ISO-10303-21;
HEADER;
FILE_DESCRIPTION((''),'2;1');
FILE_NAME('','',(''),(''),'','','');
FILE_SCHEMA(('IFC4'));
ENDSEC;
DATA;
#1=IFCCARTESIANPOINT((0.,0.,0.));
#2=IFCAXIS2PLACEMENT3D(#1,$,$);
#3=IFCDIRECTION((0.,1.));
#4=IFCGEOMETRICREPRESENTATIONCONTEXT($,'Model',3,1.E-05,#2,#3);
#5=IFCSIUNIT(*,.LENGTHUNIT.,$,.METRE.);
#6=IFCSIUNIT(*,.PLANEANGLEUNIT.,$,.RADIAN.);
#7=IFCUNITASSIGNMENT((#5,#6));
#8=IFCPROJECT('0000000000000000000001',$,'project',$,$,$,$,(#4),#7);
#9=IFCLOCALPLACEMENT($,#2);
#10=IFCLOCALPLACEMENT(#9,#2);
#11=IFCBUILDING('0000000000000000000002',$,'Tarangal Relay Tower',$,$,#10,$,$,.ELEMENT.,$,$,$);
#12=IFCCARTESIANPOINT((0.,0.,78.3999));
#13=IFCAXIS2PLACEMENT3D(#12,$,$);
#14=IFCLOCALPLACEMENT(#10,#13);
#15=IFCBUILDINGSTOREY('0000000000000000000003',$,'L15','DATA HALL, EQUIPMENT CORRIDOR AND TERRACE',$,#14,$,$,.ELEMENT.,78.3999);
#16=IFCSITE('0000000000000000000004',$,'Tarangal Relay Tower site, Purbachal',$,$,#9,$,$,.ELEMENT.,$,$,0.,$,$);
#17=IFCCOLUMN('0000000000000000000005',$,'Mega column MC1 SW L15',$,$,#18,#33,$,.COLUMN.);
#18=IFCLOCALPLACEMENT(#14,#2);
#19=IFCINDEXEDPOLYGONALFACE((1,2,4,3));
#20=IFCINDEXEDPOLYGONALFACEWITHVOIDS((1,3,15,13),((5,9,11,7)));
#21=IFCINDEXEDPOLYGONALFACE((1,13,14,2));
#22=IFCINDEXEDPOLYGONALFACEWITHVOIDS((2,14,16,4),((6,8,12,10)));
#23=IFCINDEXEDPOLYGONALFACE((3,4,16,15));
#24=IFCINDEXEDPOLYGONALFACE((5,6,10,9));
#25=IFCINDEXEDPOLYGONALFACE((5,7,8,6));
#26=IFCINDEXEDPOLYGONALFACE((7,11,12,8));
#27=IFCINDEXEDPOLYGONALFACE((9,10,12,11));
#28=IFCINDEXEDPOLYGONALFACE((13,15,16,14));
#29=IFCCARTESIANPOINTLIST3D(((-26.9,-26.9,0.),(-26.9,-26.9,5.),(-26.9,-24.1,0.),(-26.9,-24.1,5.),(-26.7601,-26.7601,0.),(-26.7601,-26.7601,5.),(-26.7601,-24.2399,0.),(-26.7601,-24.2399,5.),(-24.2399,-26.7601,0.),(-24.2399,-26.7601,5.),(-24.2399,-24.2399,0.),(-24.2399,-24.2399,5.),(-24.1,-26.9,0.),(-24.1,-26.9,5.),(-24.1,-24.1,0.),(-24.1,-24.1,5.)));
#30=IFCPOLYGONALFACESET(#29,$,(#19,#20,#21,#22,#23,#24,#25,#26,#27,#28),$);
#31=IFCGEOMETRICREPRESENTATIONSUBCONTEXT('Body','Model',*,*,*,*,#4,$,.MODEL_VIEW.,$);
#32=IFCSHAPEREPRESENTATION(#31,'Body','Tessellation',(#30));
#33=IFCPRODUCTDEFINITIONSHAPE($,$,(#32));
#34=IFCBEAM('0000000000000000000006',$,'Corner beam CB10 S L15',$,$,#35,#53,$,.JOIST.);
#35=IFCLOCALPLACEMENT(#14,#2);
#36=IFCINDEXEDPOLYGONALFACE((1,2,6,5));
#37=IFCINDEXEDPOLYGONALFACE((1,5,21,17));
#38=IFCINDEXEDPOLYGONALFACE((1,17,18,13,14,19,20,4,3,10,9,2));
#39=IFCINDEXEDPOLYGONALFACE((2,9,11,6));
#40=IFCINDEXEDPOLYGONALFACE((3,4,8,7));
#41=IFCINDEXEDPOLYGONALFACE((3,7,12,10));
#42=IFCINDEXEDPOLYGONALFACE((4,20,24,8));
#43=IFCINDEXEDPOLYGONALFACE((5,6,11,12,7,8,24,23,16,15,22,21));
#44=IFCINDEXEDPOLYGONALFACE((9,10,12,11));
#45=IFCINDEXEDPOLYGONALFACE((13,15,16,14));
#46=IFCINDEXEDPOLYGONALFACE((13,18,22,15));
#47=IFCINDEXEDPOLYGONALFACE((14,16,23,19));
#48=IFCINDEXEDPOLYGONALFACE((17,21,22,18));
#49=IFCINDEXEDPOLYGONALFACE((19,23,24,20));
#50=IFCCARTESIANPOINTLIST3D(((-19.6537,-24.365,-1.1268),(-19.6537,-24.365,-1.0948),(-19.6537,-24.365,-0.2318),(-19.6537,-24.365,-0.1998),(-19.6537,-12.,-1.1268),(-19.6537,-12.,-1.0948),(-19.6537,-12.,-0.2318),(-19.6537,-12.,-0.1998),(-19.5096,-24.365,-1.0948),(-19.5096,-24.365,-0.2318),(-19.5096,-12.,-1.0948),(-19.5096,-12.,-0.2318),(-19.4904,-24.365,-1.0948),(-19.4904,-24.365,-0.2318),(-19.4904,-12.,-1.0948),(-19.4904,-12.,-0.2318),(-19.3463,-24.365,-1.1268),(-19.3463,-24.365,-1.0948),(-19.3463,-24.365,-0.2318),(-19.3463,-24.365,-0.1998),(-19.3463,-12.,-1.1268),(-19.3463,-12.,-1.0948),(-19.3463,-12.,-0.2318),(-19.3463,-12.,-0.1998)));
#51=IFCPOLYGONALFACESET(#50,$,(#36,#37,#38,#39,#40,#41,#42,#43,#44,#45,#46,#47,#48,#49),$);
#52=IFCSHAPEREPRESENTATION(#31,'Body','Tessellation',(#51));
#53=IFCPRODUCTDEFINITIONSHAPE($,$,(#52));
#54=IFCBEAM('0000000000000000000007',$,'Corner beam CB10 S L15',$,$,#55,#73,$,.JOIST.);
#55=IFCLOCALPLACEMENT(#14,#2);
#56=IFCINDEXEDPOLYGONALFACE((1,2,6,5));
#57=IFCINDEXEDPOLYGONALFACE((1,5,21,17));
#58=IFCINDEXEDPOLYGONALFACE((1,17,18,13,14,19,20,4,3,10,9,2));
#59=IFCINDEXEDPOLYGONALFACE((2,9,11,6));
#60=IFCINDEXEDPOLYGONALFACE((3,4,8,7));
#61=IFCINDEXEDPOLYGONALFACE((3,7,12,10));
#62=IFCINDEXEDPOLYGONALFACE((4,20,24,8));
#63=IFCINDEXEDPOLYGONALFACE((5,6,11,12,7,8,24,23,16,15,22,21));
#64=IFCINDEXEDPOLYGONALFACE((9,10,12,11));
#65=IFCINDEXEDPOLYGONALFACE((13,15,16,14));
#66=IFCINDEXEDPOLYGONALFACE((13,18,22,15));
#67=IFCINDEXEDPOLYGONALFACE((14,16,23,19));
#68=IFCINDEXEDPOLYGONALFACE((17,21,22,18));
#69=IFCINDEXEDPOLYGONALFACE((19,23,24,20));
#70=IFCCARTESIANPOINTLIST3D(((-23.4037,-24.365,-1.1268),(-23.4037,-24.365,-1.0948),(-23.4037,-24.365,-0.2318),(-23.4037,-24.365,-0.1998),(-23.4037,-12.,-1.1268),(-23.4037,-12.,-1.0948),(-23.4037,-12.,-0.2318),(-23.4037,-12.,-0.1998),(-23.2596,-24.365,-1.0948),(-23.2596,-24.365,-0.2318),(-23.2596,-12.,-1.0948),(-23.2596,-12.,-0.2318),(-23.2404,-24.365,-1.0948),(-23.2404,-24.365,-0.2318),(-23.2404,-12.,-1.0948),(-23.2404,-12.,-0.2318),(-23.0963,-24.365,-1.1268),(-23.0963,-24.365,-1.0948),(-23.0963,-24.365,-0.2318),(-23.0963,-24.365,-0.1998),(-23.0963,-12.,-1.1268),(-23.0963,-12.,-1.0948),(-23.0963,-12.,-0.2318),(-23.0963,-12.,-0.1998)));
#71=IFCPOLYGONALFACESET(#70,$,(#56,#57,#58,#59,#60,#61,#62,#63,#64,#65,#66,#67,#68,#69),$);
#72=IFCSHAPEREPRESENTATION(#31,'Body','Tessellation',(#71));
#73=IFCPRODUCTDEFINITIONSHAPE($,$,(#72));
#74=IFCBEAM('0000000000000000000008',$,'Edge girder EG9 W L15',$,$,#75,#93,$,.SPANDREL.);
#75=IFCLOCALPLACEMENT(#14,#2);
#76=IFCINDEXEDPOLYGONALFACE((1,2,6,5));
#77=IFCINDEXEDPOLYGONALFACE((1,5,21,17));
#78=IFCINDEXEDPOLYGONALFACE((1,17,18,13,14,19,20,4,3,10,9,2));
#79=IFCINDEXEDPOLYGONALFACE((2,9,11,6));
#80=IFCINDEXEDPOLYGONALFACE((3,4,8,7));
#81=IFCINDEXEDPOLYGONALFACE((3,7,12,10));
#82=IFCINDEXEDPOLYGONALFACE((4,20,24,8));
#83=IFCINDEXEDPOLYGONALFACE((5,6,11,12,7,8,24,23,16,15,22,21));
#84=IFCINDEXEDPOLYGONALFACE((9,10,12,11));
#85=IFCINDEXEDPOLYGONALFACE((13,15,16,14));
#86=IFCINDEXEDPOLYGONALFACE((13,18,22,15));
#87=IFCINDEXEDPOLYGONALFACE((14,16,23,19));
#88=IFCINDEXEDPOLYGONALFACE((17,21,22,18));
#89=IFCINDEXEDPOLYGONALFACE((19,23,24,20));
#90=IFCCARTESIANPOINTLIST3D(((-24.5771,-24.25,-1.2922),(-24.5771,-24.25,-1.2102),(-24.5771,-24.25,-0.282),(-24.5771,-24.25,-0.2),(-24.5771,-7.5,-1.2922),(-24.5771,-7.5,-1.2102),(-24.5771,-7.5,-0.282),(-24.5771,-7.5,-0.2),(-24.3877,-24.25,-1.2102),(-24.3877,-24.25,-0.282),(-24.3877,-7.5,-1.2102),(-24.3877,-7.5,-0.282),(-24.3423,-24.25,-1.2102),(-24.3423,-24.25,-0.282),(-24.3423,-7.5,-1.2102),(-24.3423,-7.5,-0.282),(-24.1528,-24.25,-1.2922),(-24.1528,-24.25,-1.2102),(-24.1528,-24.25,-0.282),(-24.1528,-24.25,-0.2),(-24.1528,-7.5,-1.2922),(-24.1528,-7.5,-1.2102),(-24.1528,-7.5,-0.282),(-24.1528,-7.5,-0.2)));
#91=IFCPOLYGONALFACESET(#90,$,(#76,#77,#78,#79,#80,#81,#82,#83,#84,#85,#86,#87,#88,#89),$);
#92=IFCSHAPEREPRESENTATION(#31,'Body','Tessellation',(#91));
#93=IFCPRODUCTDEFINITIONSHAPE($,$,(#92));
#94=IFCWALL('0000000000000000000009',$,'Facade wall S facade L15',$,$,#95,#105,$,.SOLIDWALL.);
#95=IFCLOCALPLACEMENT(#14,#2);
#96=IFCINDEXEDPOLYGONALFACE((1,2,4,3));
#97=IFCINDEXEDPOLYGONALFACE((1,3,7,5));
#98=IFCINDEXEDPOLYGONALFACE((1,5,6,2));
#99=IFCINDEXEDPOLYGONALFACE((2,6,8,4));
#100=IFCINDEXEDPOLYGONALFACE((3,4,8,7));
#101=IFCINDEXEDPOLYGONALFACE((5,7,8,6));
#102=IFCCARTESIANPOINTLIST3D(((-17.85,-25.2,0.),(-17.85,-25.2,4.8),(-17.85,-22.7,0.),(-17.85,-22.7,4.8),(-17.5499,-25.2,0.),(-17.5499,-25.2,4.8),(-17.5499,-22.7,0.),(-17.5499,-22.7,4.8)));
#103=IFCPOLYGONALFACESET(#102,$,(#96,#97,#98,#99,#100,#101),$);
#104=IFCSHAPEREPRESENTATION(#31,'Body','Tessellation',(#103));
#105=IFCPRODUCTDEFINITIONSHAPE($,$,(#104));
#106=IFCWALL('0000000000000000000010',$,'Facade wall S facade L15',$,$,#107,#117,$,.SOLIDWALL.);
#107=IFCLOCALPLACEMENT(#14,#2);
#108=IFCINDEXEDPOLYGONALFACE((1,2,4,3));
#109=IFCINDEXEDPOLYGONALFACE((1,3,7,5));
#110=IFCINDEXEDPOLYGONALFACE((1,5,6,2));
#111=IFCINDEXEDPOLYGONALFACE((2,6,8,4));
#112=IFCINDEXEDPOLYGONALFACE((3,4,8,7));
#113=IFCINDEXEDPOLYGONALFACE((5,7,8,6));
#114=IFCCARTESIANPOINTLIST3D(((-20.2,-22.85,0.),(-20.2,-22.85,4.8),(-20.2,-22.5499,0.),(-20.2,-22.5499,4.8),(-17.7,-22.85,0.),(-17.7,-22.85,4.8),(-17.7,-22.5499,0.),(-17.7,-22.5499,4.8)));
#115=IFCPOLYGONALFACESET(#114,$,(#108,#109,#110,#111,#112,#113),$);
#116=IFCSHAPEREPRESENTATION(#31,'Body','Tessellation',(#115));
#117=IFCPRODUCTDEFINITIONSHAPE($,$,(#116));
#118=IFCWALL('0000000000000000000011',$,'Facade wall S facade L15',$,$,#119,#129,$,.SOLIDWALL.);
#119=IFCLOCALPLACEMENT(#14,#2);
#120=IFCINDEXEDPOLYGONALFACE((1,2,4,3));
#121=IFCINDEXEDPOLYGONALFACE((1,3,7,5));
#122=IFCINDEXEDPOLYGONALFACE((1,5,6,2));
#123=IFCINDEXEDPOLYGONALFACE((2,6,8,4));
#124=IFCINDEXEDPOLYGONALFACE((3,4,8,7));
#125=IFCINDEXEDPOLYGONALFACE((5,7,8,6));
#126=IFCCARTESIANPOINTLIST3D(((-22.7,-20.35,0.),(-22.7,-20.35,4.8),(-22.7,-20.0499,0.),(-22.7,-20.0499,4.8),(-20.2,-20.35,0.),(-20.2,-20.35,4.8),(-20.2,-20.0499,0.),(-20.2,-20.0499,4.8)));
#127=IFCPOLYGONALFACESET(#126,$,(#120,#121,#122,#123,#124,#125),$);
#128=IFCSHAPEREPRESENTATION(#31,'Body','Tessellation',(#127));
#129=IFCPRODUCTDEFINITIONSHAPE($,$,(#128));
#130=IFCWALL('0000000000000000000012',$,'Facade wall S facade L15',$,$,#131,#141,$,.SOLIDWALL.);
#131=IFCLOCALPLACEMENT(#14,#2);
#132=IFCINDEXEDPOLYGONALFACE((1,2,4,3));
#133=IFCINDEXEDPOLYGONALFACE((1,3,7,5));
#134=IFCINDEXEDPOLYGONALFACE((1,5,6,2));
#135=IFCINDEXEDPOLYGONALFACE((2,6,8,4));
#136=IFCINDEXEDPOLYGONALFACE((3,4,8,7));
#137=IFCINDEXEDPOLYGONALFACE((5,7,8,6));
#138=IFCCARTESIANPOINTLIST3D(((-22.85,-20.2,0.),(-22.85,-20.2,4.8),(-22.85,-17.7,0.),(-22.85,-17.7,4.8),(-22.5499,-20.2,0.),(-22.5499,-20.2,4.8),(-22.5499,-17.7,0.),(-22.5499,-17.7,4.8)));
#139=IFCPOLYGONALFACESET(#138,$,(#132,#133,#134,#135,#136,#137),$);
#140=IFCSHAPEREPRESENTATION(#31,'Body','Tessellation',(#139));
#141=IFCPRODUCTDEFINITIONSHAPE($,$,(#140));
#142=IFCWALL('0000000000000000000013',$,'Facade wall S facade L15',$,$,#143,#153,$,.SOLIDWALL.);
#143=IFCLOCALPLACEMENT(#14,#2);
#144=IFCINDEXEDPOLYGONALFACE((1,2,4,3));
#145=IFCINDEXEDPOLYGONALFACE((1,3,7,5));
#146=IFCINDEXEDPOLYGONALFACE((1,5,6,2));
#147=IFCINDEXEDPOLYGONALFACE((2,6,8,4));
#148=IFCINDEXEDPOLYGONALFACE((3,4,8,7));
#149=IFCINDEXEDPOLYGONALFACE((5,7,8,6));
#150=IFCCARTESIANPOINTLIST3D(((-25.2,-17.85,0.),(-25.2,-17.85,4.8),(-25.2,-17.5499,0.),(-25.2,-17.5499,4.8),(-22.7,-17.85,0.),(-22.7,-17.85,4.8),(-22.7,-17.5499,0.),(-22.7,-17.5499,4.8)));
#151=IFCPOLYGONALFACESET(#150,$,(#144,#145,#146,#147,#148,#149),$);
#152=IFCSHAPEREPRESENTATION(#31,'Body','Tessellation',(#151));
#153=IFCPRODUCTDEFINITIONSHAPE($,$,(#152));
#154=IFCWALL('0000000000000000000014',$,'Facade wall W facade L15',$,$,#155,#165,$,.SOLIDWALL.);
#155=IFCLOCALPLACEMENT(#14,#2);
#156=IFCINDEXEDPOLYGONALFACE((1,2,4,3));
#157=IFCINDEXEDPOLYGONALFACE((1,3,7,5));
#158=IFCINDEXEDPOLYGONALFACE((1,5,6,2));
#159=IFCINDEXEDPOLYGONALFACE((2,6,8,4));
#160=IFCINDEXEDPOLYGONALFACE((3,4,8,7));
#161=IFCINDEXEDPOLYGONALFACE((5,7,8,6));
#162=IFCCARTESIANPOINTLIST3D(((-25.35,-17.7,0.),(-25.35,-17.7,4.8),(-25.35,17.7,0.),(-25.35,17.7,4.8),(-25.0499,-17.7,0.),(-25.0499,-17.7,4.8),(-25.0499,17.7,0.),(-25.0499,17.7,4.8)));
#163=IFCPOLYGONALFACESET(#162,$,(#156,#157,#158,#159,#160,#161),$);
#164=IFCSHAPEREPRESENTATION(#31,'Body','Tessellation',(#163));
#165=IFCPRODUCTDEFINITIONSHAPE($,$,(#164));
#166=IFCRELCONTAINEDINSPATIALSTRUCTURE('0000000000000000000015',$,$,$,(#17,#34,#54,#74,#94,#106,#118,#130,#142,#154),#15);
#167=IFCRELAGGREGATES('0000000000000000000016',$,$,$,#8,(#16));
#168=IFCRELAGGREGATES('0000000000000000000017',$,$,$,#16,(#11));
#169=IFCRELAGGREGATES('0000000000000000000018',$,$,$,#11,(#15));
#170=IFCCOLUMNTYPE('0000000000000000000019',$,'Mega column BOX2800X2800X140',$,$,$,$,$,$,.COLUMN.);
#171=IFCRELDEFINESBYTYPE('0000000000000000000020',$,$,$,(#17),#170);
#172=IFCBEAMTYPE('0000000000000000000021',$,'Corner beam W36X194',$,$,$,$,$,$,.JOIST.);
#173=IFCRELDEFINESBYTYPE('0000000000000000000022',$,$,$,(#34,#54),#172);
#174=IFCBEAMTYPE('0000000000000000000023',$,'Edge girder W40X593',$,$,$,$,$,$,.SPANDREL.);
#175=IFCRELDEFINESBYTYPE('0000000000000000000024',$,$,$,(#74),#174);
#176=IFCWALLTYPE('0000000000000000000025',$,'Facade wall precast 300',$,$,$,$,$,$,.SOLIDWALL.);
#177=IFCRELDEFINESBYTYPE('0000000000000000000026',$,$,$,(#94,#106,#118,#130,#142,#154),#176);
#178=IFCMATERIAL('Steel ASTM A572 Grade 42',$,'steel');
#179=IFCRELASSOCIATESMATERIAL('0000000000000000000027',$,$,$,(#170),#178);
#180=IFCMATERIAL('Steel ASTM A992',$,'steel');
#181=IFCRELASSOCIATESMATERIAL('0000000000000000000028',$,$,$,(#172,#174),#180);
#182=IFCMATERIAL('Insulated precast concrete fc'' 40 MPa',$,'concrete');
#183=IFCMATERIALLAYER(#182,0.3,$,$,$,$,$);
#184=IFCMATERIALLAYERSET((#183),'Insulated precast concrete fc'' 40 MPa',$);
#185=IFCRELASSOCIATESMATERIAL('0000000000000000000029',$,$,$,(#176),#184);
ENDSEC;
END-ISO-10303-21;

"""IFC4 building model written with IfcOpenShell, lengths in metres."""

from ifc_helpers import new_model, si_unit, direction, frame, frame_2d, origin, origin_2d, place, context, subcontext, project, spatial, rectangle, hollow_rectangle, i_section, extrude, material, layer, layer_set, material_profile, profile_set, type_object, element, save


model = new_model("IFC4")

# Units and contexts
model_context = context("Model", 3, precision=1e-05, world=origin(), true_north=direction((0.0, 1.0)))
body_context = subcontext(model_context, "Body", "Model", "MODEL_VIEW")
ifc_project = project(units=[si_unit("LENGTHUNIT", "METRE"), si_unit("PLANEANGLEUNIT", "RADIAN")], contexts=[model_context])

# Site, building, storey
site_placement = place(None, origin())
site = spatial("IfcSite", under=ifc_project, at=site_placement, Name="Tarangal Relay Tower site, Purbachal", CompositionType="ELEMENT", RefElevation=0.0)
building_placement = place(site_placement, origin())
building = spatial("IfcBuilding", under=site, at=building_placement, Name="Tarangal Relay Tower", CompositionType="ELEMENT")
storey_placement = place(building_placement, frame((0.0, 0.0, 78.3999)))
storey = spatial("IfcBuildingStorey", under=building, at=storey_placement, Name="L15", Description="DATA HALL, EQUIPMENT CORRIDOR AND TERRACE", CompositionType="ELEMENT", Elevation=78.3999)

# Column
ifc_material_1 = material(Name="Steel ASTM A572 Grade 42", Category="steel")
ifc_material_profile_1 = material_profile(ifc_material_1, hollow_rectangle(XDim=2.8, YDim=2.8, WallThickness=0.1399, at=origin_2d()), Name="BOX2800X2800X140")
ifc_profile_set_1 = profile_set([ifc_material_profile_1], Name="Steel ASTM A572 Grade 42")
column_type = type_object("IfcColumnType", Name="Mega column BOX2800X2800X140", PredefinedType="COLUMN", material=ifc_profile_set_1)
column_placement = place(storey_placement, frame((-25.5, -25.5, 0.0), z_axis=(0.0, 0.0, 1.0), x_axis=(1.0, 0.0, 0.0)))
element("IfcColumn", 1, at=column_placement, inside=storey, type_object=column_type, Name="Mega column MC1 SW L15", PredefinedType="COLUMN", context=body_context, shape_type="SweptSolid", body=[
    extrude(hollow_rectangle(XDim=2.8, YDim=2.8, WallThickness=0.1399, at=origin_2d()), origin(), (0.0, 0.0, 1.0), 5.0),
])

# Beams
ifc_material_2 = material(Name="Steel ASTM A992", Category="steel")
ifc_material_profile_2 = material_profile(ifc_material_2, i_section(OverallWidth=0.3074, OverallDepth=0.927, WebThickness=0.0193, FlangeThickness=0.032, at=origin_2d()), Name="W36X194")
ifc_profile_set_2 = profile_set([ifc_material_profile_2], Name="Steel ASTM A992")
beam_type_1 = type_object("IfcBeamType", Name="Corner beam W36X194", PredefinedType="JOIST", material=ifc_profile_set_2)
for number, where, z_axis, x_axis, name in (
    (2, (-19.5, -12.0, -0.6633), (0.0, -1.0, 0.0), (1.0, 0.0, 0.0), "Corner beam CB10 S L15"),
    (3, (-23.25, -12.0, -0.6633), (0.0, -1.0, 0.0), (1.0, 0.0, 0.0), "Corner beam CB10 S L15"),
):
    element("IfcBeam", number, at=place(storey_placement, frame(where, z_axis=z_axis, x_axis=x_axis)), inside=storey, type_object=beam_type_1, Name=name, PredefinedType="JOIST", context=body_context, shape_type="SweptSolid", body=[
        extrude(i_section(OverallWidth=0.3074, OverallDepth=0.927, WebThickness=0.0193, FlangeThickness=0.032, at=origin_2d()), origin(), (0.0, 0.0, 1.0), 12.365),
    ])
ifc_material_profile_3 = material_profile(ifc_material_2, i_section(OverallWidth=0.4243, OverallDepth=1.0923, WebThickness=0.0454, FlangeThickness=0.082, at=origin_2d()), Name="W40X593")
ifc_profile_set_3 = profile_set([ifc_material_profile_3], Name="Steel ASTM A992")
beam_type_2 = type_object("IfcBeamType", Name="Edge girder W40X593", PredefinedType="SPANDREL", material=ifc_profile_set_3)
beam_placement = place(storey_placement, frame((-24.365, -24.25, -0.7461), z_axis=(0.0, 1.0, 0.0), x_axis=(-1.0, 0.0, 0.0)))
element("IfcBeam", 4, at=beam_placement, inside=storey, type_object=beam_type_2, Name="Edge girder EG9 W L15", PredefinedType="SPANDREL", context=body_context, shape_type="SweptSolid", body=[
    extrude(i_section(OverallWidth=0.4243, OverallDepth=1.0923, WebThickness=0.0454, FlangeThickness=0.082, at=origin_2d()), origin(), (0.0, 0.0, 1.0), 16.75),
])

# Walls
ifc_material_3 = material(Name="Insulated precast concrete fc' 40 MPa", Category="concrete")
ifc_layer_1 = layer(ifc_material_3, 0.3)
ifc_layer_set_1 = layer_set([ifc_layer_1], Name="Insulated precast concrete fc' 40 MPa")
wall_type_1 = type_object("IfcWallType", Name="Facade wall precast 300", PredefinedType="SOLIDWALL", material=ifc_layer_set_1)
for number, where, z_axis, x_axis, name in (
    (5, (-17.7, -25.2, 0.0), (0.0, 0.0, 1.0), (0.0, 1.0, 0.0), "Facade wall S facade L15"),
    (6, (-17.7, -22.7, 0.0), (0.0, 0.0, 1.0), (-1.0, 0.0, 0.0), "Facade wall S facade L15"),
):
    element("IfcWall", number, at=place(storey_placement, frame(where, z_axis=z_axis, x_axis=x_axis)), inside=storey, type_object=wall_type_1, Name=name, PredefinedType="SOLIDWALL", context=body_context, shape_type="SweptSolid", body=[
        extrude(rectangle(XDim=2.5, YDim=0.3, at=frame_2d((1.25, 0.0))), origin(), (0.0, 0.0, 1.0), 4.8),
    ])

# Walls
for number, where, z_axis, x_axis, name in (
    (7, (-20.2, -20.2, 0.0), (0.0, 0.0, 1.0), (-1.0, 0.0, 0.0), "Facade wall S facade L15"),
    (8, (-22.7, -20.2, 0.0), (0.0, 0.0, 1.0), (0.0, 1.0, 0.0), "Facade wall S facade L15"),
    (9, (-22.7, -17.7, 0.0), (0.0, 0.0, 1.0), (-1.0, 0.0, 0.0), "Facade wall S facade L15"),
):
    element("IfcWall", number, at=place(storey_placement, frame(where, z_axis=z_axis, x_axis=x_axis)), inside=storey, type_object=wall_type_1, Name=name, PredefinedType="SOLIDWALL", context=body_context, shape_type="SweptSolid", body=[
        extrude(rectangle(XDim=2.5, YDim=0.3, at=frame_2d((1.25, 0.0))), origin(), (0.0, 0.0, 1.0), 4.8),
    ])
wall_1_placement = place(storey_placement, frame((-25.2, -17.7, 0.0), z_axis=(0.0, 0.0, 1.0), x_axis=(0.0, 1.0, 0.0)))
element("IfcWall", 10, at=wall_1_placement, inside=storey, type_object=wall_type_1, Name="Facade wall W facade L15", PredefinedType="SOLIDWALL", context=body_context, shape_type="SweptSolid", body=[
    extrude(rectangle(XDim=35.3999, YDim=0.3, at=frame_2d((17.7, 0.0))), origin(), (0.0, 0.0, 1.0), 4.8),
])

save(model, "model.ifc")
